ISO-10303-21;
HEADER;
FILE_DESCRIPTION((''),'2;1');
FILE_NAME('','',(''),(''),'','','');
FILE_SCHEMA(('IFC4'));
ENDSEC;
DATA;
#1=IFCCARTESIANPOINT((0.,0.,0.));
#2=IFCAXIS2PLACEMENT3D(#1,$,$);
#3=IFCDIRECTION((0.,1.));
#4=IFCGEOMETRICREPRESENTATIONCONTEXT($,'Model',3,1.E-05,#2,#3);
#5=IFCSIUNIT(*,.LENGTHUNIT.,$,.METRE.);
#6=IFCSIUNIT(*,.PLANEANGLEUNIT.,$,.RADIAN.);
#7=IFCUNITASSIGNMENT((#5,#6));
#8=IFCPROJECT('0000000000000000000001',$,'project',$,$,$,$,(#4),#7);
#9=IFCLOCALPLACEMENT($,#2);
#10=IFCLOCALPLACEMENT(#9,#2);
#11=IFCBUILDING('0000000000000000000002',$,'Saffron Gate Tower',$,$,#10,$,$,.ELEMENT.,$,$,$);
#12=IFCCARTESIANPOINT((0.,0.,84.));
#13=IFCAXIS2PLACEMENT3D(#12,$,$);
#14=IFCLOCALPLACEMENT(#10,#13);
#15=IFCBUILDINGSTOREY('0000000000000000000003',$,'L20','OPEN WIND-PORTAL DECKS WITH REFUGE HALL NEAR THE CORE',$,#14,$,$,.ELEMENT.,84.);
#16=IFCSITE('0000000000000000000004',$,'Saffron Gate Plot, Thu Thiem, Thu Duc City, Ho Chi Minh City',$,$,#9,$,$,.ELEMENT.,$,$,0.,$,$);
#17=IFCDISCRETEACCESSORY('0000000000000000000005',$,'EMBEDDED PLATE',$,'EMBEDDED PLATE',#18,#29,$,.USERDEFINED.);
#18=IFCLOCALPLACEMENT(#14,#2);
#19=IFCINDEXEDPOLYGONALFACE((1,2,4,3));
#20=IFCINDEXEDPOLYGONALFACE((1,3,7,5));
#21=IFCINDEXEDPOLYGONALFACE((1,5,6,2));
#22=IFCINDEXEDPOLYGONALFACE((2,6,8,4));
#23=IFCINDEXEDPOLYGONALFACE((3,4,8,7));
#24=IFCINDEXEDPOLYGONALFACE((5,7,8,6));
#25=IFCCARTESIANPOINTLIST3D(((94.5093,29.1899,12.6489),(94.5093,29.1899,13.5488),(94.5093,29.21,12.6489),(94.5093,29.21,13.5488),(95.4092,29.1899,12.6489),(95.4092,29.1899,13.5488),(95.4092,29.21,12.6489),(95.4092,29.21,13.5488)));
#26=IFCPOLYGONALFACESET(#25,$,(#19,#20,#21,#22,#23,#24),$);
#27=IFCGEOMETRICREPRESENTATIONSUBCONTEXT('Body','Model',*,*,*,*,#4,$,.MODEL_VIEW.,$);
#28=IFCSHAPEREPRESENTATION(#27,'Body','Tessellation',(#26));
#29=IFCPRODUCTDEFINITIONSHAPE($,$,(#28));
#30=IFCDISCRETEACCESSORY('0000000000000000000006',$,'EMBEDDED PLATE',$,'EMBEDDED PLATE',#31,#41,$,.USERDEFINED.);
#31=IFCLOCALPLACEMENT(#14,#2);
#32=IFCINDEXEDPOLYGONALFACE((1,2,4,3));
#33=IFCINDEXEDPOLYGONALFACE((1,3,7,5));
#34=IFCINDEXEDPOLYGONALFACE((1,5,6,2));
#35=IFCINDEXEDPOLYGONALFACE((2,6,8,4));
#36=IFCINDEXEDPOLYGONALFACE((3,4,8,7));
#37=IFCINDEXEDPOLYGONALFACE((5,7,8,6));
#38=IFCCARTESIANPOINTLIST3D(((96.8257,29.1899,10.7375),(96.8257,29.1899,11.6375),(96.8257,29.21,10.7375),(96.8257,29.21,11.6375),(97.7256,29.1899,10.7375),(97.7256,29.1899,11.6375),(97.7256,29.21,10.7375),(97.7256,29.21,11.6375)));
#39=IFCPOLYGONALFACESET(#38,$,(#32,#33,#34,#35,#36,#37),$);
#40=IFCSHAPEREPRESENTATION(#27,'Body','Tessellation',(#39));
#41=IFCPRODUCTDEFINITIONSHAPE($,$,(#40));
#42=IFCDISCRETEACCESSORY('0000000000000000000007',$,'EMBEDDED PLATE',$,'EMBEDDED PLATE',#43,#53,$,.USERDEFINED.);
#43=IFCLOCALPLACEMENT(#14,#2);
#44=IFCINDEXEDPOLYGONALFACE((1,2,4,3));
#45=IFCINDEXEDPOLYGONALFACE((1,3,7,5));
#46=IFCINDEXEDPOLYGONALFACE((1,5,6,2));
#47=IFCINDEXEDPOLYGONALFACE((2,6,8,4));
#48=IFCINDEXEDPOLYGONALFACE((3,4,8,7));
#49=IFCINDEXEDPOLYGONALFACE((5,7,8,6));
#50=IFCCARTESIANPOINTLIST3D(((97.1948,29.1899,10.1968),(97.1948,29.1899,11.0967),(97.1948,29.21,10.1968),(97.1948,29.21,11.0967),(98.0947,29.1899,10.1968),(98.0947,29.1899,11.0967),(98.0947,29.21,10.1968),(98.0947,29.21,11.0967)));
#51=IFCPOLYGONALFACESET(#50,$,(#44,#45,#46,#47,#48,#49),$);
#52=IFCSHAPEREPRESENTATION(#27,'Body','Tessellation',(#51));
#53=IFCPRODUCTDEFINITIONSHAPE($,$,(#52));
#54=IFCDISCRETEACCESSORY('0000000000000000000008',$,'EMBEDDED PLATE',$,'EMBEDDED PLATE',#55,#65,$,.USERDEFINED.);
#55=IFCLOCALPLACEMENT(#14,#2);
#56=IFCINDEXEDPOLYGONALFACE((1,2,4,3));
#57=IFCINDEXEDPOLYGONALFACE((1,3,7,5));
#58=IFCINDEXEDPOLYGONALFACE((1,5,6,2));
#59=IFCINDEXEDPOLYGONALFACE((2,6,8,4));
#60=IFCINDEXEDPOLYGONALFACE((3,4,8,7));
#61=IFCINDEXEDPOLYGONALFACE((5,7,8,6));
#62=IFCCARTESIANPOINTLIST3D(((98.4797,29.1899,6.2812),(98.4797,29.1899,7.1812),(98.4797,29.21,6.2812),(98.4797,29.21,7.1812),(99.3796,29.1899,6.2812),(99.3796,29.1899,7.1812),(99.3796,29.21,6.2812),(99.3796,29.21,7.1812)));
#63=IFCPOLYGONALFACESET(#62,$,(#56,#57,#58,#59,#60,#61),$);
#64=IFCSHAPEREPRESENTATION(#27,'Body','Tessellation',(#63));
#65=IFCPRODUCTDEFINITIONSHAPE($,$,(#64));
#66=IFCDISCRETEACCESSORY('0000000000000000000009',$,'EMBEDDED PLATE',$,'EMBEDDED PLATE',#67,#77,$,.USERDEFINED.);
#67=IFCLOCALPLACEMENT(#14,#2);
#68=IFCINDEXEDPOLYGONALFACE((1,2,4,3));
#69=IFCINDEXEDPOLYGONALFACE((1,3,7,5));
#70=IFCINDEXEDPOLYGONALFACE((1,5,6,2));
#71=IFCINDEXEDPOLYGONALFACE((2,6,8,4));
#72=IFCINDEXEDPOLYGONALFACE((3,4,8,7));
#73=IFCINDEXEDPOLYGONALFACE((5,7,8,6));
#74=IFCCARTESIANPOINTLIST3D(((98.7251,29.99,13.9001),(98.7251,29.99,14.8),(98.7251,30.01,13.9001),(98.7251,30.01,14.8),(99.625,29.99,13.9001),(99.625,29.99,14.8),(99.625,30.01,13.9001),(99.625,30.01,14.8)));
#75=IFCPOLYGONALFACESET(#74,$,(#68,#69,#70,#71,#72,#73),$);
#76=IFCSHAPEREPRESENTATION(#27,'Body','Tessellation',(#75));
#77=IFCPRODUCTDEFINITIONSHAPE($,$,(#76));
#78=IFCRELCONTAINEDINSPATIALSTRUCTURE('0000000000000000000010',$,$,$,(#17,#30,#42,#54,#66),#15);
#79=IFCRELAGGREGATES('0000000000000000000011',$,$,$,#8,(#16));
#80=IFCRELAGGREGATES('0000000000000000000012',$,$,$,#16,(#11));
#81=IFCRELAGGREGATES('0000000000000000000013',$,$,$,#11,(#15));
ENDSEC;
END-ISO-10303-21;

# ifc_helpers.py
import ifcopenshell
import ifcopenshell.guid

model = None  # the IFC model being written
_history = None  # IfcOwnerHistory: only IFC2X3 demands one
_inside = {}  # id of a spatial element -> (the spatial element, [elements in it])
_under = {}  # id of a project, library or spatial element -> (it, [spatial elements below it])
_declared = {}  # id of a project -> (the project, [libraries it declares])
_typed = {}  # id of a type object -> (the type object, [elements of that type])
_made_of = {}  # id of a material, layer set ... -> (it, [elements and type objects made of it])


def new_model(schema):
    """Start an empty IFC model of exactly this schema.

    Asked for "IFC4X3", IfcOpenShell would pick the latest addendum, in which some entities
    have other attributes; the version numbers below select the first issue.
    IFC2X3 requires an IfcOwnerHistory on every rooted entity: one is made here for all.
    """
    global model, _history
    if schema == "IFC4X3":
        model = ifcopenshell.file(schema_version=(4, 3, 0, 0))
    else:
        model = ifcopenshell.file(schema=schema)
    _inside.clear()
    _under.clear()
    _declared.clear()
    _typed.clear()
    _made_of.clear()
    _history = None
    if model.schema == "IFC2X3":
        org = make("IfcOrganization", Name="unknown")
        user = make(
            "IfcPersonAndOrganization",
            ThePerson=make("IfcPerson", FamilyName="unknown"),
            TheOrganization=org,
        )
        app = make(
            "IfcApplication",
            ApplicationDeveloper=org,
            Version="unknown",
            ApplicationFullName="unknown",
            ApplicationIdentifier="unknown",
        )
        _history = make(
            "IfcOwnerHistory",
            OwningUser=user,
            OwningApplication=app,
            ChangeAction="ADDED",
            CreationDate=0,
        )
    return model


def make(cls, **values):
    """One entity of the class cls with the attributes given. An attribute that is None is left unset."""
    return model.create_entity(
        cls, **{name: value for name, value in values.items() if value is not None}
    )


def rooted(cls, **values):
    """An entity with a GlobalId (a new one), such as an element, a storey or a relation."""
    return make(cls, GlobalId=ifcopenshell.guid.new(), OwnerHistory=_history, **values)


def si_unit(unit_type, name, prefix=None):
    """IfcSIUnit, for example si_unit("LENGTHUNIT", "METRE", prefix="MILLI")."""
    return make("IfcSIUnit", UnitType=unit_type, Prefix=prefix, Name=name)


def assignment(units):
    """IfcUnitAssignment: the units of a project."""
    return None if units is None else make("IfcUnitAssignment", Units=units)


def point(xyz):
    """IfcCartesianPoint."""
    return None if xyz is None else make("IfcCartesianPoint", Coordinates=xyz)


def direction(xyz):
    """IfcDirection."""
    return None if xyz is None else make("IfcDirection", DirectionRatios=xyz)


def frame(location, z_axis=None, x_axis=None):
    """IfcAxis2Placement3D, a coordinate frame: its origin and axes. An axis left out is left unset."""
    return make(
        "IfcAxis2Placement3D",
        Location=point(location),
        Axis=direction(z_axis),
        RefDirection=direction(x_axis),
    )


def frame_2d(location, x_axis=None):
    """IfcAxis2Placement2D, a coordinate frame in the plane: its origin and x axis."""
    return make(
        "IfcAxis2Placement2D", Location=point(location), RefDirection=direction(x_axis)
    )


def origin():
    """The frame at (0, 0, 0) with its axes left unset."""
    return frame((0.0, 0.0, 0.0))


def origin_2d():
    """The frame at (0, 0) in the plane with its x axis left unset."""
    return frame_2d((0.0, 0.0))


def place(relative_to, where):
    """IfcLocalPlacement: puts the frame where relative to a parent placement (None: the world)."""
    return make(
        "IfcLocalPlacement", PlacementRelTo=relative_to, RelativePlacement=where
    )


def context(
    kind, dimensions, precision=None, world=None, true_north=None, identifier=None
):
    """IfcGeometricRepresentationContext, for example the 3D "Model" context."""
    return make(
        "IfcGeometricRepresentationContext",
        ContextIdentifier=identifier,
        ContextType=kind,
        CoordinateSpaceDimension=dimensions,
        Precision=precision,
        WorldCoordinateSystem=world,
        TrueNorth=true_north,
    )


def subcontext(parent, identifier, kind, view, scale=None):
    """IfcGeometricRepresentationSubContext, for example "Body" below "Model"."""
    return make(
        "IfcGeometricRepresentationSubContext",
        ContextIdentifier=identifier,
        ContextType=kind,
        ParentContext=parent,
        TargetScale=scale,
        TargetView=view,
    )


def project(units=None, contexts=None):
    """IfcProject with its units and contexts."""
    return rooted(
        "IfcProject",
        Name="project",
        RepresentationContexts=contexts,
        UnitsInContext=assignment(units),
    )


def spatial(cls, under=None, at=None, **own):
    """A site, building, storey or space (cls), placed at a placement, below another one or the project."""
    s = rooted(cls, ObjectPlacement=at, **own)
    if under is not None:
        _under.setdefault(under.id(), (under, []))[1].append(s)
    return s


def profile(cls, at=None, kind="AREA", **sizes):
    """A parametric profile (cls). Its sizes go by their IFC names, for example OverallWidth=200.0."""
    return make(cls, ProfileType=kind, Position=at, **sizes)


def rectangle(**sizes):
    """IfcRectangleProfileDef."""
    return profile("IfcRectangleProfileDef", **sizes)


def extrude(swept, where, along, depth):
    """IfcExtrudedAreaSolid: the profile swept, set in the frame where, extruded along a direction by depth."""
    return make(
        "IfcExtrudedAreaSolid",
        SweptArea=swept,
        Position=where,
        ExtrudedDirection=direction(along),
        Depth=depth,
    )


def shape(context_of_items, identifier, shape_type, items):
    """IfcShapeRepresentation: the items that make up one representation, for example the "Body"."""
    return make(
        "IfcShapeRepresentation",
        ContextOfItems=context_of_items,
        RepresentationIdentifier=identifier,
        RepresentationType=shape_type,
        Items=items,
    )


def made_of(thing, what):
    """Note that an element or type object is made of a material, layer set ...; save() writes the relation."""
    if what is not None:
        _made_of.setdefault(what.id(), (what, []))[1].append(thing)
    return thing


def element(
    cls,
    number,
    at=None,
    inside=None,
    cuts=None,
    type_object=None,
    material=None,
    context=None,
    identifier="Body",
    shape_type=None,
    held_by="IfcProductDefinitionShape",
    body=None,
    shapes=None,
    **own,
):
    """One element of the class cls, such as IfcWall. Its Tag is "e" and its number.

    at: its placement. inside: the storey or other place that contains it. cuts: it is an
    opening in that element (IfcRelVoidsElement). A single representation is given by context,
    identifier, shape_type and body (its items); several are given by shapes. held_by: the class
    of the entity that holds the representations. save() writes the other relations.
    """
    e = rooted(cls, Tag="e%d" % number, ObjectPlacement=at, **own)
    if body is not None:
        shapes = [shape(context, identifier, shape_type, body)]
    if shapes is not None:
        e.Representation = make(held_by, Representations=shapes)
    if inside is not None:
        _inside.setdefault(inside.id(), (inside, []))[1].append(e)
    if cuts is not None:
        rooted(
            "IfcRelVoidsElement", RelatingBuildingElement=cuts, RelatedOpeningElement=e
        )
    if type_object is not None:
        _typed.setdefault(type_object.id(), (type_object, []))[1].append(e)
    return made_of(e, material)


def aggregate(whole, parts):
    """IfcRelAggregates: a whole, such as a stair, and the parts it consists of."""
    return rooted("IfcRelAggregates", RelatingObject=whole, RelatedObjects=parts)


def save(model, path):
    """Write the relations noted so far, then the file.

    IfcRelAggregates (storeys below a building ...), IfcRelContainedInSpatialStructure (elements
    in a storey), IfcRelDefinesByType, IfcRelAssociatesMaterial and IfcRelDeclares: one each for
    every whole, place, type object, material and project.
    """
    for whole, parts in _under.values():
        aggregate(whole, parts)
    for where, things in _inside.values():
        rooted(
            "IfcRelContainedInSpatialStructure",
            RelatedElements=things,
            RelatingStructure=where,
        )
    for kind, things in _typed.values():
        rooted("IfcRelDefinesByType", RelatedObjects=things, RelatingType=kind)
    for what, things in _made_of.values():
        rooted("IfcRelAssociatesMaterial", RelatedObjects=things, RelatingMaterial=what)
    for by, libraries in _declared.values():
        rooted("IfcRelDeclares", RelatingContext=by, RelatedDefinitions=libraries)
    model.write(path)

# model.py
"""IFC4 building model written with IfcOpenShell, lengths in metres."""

from ifc_helpers import new_model, si_unit, direction, frame, origin, origin_2d, place, context, subcontext, project, spatial, rectangle, extrude, element, save


model = new_model("IFC4")

# Units and contexts
model_context = context("Model", 3, precision=1e-05, world=origin(), true_north=direction((0.0, 1.0)))
body_context = subcontext(model_context, "Body", "Model", "MODEL_VIEW")
ifc_project = project(units=[si_unit("LENGTHUNIT", "METRE"), si_unit("PLANEANGLEUNIT", "RADIAN")], contexts=[model_context])

# Site, building, storey
site_placement = place(None, origin())
site = spatial("IfcSite", under=ifc_project, at=site_placement, Name="Saffron Gate Plot, Thu Thiem, Thu Duc City, Ho Chi Minh City", CompositionType="ELEMENT", RefElevation=0.0)
building_placement = place(site_placement, origin())
building = spatial("IfcBuilding", under=site, at=building_placement, Name="Saffron Gate Tower", CompositionType="ELEMENT")
storey_placement = place(building_placement, frame((0.0, 0.0, 84.0)))
storey = spatial("IfcBuildingStorey", under=building, at=storey_placement, Name="L20", Description="OPEN WIND-PORTAL DECKS WITH REFUGE HALL NEAR THE CORE", CompositionType="ELEMENT", Elevation=84.0)

# Discrete accessories
for number, where, z_axis, x_axis, name in (
    (1, (94.9592, 29.2, 12.6489), (0.0, 0.0, 1.0), (1.0, 0.0, 0.0), "EMBEDDED PLATE"),
    (2, (97.2756, 29.2, 10.7375), (0.0, 0.0, 1.0), (1.0, 0.0, 0.0), "EMBEDDED PLATE"),
    (3, (97.6448, 29.2, 10.1968), (0.0, 0.0, 1.0), (1.0, 0.0, 0.0), "EMBEDDED PLATE"),
    (4, (98.9297, 29.2, 6.2812), (0.0, 0.0, 1.0), (1.0, 0.0, 0.0), "EMBEDDED PLATE"),
    (5, (99.175, 30.0, 13.9001), (0.0, 0.0, 1.0), (1.0, 0.0, 0.0), "EMBEDDED PLATE"),
):
    element("IfcDiscreteAccessory", number, at=place(storey_placement, frame(where, z_axis=z_axis, x_axis=x_axis)), inside=storey, Name=name, ObjectType="EMBEDDED PLATE", PredefinedType="USERDEFINED", context=body_context, shape_type="SweptSolid", body=[
        extrude(rectangle(XDim=0.8999, YDim=0.02, at=origin_2d()), origin(), (0.0, 0.0, 1.0), 0.8999),
    ])

save(model, "model.ifc")
